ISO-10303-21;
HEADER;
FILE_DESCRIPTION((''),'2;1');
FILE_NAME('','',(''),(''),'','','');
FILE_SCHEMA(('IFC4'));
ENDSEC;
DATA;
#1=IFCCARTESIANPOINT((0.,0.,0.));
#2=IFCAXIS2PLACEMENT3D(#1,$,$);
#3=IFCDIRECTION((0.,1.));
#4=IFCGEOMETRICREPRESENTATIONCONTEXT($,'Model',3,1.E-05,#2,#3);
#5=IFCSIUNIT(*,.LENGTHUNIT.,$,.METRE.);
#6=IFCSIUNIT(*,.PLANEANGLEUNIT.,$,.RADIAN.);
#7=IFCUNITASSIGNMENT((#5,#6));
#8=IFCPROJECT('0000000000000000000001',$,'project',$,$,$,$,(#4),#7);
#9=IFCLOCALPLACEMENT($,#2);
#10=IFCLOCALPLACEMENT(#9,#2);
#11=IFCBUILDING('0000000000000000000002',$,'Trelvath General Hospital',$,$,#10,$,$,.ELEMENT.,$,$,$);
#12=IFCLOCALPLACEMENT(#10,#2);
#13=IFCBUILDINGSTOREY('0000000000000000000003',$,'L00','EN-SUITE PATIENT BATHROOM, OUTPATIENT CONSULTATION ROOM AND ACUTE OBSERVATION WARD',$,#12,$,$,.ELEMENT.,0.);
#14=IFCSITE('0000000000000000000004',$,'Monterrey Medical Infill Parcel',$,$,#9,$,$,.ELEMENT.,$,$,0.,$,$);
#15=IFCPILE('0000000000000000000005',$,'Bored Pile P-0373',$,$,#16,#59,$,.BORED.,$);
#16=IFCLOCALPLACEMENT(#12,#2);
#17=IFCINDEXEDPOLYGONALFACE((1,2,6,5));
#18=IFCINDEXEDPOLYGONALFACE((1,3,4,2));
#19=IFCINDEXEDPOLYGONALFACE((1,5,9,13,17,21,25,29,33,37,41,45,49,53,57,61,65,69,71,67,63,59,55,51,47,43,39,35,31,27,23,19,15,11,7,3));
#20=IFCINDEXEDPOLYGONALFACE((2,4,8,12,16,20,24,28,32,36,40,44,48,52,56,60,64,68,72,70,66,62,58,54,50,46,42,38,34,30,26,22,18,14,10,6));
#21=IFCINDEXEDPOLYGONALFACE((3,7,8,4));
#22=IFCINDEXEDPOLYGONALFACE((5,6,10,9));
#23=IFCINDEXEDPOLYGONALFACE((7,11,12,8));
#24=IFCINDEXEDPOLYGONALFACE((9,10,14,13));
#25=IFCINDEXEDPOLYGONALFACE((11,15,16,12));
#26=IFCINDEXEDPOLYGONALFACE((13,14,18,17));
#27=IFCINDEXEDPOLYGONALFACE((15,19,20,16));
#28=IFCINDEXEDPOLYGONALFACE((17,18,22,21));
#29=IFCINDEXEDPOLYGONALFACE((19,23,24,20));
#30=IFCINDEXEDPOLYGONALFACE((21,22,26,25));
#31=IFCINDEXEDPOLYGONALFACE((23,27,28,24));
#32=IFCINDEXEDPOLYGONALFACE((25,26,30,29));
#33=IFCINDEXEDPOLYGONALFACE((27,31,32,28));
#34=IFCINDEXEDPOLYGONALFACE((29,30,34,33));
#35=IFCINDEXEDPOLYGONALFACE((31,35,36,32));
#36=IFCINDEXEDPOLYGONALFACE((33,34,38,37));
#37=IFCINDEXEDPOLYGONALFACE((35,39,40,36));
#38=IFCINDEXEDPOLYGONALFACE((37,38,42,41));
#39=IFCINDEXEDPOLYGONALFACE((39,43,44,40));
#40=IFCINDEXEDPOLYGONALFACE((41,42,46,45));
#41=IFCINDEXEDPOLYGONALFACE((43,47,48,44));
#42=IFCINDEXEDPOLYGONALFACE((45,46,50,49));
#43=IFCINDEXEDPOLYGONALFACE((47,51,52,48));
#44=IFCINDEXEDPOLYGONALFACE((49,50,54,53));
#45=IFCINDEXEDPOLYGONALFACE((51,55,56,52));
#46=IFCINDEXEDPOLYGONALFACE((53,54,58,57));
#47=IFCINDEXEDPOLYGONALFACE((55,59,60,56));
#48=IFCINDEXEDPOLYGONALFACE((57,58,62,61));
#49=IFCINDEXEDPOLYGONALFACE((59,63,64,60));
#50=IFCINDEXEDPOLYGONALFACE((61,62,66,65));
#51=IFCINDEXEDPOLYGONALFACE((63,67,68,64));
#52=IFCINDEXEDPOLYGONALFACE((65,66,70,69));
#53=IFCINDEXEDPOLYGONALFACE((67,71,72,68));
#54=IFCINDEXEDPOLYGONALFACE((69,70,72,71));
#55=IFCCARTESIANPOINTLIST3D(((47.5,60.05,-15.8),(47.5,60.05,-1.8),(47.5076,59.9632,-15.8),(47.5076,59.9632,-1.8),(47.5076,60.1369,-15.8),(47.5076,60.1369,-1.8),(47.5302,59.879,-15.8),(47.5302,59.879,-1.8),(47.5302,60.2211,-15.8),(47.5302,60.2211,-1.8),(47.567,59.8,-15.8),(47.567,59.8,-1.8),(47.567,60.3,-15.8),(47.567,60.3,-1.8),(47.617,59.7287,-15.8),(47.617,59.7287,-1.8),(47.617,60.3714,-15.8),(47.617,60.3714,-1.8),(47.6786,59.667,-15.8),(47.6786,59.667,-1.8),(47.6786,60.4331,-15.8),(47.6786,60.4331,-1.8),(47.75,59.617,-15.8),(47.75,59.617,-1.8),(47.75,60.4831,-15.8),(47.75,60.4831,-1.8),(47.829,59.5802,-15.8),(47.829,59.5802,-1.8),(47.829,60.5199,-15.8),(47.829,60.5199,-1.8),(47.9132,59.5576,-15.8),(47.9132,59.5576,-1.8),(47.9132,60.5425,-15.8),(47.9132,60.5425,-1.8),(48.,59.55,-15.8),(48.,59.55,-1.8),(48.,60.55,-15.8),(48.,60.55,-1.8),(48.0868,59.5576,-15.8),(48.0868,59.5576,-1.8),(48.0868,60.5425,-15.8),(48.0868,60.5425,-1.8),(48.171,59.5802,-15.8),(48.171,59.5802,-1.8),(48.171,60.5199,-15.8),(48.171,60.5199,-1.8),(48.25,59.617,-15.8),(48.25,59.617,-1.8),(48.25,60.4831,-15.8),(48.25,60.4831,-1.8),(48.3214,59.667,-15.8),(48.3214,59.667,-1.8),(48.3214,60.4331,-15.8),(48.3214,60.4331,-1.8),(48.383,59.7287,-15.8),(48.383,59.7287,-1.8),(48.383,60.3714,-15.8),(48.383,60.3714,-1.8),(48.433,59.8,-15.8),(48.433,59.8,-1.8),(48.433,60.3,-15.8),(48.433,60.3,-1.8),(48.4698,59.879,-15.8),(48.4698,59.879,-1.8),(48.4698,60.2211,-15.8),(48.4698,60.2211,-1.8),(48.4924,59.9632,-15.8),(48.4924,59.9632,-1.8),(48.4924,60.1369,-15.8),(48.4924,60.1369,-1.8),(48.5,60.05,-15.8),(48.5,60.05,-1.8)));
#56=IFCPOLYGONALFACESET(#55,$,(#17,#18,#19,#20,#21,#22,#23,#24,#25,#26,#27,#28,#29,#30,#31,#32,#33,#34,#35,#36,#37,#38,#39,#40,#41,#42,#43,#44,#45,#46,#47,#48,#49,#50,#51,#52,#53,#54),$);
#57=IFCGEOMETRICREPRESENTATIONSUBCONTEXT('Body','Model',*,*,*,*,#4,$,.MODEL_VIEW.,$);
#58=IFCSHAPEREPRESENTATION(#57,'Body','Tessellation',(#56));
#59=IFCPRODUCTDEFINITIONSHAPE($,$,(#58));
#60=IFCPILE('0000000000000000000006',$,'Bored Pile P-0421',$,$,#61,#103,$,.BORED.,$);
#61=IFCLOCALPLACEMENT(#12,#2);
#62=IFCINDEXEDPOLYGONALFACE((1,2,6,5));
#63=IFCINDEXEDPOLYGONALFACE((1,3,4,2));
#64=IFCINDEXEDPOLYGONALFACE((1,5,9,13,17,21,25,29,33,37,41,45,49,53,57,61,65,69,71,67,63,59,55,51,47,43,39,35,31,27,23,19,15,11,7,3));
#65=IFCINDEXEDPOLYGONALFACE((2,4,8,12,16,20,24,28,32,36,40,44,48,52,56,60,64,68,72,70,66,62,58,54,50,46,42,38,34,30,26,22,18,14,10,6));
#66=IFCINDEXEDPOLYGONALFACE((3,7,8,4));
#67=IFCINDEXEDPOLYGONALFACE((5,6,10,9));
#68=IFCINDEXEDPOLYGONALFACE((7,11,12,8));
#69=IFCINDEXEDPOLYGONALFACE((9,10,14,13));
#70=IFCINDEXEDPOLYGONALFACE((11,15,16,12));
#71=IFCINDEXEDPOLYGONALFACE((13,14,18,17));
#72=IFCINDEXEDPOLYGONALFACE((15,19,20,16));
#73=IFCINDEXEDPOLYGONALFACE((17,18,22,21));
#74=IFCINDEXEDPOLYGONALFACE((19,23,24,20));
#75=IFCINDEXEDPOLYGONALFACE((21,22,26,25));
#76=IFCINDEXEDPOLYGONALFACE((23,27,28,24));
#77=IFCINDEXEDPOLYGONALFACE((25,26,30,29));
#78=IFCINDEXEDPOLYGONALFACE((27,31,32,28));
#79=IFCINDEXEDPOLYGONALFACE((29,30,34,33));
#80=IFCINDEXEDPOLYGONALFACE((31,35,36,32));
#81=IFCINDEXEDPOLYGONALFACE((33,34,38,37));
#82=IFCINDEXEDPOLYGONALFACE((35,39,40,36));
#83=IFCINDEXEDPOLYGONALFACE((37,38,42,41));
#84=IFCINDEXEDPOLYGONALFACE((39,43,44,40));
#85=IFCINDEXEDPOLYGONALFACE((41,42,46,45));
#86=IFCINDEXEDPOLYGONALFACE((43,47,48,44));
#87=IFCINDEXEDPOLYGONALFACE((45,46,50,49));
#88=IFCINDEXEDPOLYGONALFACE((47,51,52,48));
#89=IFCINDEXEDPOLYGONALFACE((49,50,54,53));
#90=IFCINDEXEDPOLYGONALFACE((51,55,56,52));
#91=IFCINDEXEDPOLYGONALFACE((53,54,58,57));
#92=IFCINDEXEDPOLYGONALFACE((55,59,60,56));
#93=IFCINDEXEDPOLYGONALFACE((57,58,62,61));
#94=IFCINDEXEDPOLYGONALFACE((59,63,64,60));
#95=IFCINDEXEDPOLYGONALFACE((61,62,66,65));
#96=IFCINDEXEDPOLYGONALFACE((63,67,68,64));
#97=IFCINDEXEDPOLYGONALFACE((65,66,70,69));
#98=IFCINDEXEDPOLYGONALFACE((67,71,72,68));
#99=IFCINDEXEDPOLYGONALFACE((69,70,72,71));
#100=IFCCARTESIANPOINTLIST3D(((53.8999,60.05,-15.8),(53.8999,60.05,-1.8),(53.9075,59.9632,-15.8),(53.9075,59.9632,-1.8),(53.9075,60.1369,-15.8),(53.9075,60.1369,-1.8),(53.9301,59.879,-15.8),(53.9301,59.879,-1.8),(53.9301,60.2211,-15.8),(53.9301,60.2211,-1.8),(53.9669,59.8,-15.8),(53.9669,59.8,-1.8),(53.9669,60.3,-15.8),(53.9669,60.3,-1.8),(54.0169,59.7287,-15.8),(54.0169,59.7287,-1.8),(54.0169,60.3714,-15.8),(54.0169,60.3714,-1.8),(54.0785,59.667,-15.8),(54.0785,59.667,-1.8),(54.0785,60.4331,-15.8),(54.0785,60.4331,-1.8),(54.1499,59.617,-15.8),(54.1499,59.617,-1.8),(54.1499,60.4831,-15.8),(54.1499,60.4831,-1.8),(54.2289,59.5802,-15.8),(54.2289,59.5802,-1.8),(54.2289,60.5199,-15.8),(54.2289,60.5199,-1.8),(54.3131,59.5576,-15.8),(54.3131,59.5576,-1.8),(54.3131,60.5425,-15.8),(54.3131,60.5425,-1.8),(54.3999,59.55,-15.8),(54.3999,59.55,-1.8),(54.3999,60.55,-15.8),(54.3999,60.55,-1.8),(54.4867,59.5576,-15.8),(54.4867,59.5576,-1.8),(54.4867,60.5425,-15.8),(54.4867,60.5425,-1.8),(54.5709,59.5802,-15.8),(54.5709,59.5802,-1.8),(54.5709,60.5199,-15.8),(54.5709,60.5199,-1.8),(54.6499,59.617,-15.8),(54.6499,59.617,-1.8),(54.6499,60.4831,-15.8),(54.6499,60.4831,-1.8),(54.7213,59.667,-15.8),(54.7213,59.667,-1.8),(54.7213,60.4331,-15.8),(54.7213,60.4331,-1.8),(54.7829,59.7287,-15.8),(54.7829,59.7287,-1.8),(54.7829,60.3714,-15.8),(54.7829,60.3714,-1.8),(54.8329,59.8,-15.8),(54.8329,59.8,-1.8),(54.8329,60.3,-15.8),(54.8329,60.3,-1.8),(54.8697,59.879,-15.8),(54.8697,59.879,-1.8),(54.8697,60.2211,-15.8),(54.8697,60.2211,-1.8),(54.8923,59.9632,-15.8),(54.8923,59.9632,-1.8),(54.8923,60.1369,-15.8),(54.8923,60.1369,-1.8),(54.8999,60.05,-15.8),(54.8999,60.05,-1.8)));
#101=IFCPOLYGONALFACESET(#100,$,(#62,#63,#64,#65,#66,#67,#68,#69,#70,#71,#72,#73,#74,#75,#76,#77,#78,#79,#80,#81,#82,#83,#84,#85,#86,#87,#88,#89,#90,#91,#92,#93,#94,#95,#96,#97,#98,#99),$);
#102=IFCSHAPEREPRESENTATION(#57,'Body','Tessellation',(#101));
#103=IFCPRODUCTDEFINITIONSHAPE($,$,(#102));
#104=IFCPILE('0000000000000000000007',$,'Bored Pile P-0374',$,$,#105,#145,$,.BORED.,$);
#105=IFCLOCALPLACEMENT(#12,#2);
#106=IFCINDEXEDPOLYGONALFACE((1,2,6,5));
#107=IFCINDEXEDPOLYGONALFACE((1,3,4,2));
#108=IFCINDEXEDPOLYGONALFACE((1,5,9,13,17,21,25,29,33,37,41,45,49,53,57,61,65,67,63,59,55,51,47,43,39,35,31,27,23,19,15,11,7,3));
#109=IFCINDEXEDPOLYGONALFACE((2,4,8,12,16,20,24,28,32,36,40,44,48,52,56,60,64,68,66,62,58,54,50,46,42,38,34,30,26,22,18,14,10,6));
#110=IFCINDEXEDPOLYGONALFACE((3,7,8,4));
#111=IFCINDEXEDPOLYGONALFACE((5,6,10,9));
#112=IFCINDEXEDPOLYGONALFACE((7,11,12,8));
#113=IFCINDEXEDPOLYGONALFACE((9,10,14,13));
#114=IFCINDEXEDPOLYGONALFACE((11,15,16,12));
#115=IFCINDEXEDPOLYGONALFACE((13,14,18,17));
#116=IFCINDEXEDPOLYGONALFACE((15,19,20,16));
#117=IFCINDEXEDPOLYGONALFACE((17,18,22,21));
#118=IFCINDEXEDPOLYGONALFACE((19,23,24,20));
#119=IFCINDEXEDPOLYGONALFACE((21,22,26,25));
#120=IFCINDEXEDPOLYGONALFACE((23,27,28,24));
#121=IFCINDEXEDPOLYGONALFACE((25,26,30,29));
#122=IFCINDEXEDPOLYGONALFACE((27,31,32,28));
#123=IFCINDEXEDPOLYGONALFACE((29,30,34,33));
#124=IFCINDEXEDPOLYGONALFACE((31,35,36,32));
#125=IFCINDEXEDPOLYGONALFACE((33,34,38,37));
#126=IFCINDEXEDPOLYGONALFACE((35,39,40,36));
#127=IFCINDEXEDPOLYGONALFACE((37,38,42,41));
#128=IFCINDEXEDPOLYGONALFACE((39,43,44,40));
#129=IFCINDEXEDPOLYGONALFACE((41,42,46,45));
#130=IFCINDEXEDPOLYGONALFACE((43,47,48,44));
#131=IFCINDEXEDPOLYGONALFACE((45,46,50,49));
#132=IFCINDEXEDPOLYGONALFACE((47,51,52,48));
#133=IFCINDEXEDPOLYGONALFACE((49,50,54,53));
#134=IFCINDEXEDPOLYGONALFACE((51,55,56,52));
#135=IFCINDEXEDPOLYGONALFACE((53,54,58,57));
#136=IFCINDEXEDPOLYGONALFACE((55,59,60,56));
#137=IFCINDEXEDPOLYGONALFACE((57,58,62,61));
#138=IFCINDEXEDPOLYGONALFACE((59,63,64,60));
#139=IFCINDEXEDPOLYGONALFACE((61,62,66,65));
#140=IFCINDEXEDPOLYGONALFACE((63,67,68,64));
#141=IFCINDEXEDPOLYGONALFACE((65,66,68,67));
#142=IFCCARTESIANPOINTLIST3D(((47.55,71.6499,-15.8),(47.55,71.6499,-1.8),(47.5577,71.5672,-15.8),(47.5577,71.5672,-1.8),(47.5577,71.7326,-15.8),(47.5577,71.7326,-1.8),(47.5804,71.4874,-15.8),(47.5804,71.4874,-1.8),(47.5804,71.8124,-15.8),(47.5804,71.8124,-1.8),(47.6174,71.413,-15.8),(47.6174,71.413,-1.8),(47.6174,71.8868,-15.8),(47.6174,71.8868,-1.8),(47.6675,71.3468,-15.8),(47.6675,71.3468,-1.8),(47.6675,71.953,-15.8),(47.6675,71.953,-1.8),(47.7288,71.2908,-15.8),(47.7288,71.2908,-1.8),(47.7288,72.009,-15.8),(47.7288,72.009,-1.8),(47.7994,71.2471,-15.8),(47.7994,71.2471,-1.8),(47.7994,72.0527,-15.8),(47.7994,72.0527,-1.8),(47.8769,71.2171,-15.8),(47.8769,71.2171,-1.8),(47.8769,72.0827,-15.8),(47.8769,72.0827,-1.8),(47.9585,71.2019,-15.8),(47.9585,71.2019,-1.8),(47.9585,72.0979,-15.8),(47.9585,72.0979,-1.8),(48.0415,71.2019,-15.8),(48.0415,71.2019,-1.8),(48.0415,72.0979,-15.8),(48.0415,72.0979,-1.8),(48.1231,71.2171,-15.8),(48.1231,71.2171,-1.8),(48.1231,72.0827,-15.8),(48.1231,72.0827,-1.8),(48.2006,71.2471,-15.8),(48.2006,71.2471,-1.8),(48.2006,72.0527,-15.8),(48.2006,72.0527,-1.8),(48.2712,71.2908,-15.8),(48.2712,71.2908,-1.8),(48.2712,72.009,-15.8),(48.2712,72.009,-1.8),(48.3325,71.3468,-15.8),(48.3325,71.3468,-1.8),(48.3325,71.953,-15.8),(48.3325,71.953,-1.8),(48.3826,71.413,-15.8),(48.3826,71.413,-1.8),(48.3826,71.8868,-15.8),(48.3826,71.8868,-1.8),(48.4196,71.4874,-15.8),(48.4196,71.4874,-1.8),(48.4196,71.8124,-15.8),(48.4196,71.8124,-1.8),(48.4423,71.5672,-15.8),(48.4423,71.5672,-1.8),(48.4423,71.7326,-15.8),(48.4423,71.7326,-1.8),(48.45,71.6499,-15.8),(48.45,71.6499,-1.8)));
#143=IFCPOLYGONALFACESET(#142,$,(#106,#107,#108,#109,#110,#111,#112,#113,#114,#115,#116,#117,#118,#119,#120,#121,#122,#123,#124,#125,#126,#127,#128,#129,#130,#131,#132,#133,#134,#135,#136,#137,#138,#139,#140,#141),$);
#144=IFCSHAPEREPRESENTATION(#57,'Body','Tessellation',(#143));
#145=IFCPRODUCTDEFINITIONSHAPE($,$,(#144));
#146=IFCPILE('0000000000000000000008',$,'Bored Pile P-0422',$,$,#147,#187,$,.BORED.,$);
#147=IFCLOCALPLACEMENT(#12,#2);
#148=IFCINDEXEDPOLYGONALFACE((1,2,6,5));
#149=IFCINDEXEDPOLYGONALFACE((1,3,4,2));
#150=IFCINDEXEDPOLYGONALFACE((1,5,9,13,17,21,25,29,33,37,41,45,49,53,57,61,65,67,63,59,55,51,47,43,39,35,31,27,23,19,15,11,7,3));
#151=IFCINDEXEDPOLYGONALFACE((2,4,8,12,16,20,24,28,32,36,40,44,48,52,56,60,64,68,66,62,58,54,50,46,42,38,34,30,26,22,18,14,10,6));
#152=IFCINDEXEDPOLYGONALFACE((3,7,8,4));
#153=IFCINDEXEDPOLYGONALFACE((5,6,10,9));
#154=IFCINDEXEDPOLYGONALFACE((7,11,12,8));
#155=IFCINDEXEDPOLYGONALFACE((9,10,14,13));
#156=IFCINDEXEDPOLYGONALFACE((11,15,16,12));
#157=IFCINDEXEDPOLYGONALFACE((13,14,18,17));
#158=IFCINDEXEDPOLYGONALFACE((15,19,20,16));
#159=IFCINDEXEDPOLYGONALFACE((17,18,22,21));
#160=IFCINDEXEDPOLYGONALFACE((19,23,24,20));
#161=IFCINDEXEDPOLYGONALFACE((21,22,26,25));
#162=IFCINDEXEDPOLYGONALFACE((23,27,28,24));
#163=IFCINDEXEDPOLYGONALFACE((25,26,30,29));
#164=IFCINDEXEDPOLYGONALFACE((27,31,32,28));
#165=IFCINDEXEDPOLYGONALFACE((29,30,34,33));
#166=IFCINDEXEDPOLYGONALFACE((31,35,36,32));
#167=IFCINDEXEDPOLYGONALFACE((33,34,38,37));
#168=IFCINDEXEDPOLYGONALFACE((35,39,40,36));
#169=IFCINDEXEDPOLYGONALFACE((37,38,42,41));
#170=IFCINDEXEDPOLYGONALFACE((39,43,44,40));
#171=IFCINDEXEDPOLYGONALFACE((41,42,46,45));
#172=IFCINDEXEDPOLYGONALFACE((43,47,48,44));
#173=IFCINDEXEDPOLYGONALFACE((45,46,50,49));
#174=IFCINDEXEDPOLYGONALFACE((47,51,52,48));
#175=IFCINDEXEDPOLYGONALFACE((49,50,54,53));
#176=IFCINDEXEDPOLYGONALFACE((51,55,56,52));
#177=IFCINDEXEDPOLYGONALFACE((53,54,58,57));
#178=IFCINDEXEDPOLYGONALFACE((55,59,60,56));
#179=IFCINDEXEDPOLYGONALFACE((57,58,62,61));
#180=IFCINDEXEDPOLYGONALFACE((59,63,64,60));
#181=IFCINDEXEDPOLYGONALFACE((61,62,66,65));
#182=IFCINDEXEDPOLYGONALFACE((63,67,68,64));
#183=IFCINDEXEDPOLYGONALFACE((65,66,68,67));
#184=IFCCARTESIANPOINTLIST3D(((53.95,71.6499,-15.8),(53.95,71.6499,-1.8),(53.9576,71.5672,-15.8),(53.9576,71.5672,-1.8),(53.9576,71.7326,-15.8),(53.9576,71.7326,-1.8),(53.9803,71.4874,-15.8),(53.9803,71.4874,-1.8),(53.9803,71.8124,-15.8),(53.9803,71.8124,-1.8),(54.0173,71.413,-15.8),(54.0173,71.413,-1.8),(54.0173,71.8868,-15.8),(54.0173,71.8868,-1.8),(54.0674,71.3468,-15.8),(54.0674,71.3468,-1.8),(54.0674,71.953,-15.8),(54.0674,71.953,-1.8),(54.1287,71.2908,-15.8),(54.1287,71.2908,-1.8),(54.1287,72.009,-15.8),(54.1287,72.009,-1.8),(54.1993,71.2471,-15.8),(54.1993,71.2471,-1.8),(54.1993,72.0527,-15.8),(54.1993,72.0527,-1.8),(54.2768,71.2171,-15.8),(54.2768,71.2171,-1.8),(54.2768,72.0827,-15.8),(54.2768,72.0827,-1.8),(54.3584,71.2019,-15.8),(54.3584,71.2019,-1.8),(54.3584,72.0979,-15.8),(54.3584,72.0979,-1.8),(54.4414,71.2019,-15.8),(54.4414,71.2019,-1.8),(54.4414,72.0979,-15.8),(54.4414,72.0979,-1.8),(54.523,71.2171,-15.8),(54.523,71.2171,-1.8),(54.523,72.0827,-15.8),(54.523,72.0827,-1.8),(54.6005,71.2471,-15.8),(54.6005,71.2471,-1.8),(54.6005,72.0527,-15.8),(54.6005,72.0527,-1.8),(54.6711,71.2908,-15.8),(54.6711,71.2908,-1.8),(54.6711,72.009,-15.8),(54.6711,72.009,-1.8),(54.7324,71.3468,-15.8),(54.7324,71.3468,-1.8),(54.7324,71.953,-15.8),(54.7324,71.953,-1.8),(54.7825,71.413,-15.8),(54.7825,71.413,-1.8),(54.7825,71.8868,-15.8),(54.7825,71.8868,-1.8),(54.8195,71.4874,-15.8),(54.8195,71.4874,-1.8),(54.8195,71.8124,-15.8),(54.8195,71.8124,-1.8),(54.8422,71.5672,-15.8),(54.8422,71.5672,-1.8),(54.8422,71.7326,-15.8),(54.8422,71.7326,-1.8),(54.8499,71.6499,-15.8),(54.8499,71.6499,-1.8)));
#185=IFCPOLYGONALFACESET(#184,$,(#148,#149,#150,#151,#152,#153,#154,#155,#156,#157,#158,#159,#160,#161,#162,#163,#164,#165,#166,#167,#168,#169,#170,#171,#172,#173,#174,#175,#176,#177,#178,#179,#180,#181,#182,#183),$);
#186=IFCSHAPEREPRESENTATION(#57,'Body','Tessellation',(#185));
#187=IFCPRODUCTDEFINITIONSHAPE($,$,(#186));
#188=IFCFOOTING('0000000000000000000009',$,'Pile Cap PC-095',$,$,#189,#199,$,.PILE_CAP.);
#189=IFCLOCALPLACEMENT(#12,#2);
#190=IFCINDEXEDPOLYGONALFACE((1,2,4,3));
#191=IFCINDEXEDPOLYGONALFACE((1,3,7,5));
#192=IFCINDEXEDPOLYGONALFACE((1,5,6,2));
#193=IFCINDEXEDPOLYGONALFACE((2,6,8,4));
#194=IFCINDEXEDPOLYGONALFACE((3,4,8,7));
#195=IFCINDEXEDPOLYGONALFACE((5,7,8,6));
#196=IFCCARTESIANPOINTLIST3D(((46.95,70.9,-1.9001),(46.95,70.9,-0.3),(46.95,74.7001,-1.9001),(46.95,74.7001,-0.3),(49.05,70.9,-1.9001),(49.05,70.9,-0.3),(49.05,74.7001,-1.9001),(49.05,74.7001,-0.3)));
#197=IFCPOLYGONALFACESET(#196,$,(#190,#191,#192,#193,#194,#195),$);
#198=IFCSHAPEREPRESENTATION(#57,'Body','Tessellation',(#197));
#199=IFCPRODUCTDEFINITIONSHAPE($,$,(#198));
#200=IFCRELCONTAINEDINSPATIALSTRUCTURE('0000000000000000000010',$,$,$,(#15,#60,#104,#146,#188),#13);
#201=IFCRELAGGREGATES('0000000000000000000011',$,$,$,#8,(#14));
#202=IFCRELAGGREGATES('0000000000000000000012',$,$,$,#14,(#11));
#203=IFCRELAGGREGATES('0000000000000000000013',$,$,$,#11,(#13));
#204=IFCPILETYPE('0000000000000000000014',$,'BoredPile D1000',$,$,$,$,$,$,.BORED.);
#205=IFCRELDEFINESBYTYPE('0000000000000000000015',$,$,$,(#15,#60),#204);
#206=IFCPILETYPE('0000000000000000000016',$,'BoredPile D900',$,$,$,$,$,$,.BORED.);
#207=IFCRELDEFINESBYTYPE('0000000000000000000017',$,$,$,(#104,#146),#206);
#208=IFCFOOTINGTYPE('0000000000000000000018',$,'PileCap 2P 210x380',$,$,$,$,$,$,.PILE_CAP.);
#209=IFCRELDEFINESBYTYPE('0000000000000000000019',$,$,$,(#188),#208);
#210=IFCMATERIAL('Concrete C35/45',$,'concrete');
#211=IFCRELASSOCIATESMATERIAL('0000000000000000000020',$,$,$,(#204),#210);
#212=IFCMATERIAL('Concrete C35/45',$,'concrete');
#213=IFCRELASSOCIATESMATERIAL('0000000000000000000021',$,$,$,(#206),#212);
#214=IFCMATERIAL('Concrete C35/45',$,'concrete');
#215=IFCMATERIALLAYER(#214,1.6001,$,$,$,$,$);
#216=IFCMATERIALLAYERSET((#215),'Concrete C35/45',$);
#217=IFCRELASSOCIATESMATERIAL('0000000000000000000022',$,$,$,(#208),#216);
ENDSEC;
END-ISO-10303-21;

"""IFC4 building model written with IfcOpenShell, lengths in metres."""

from ifc_helpers import new_model, si_unit, direction, frame, origin, origin_2d, place, context, subcontext, project, spatial, rectangle, circle, extrude, material, layer, layer_set, material_profile, profile_set, type_object, element, save


model = new_model("IFC4")

# Units and contexts
model_context = context("Model", 3, precision=1e-05, world=origin(), true_north=direction((0.0, 1.0)))
body_context = subcontext(model_context, "Body", "Model", "MODEL_VIEW")
ifc_project = project(units=[si_unit("LENGTHUNIT", "METRE"), si_unit("PLANEANGLEUNIT", "RADIAN")], contexts=[model_context])

# Site, building, storey
site_placement = place(None, origin())
site = spatial("IfcSite", under=ifc_project, at=site_placement, Name="Monterrey Medical Infill Parcel", CompositionType="ELEMENT", RefElevation=0.0)
building_placement = place(site_placement, origin())
building = spatial("IfcBuilding", under=site, at=building_placement, Name="Trelvath General Hospital", CompositionType="ELEMENT")
storey_placement = place(building_placement, origin())
storey = spatial("IfcBuildingStorey", under=building, at=storey_placement, Name="L00", Description="EN-SUITE PATIENT BATHROOM, OUTPATIENT CONSULTATION ROOM AND ACUTE OBSERVATION WARD", CompositionType="ELEMENT", Elevation=0.0)

# Piles
ifc_material_1 = material(Name="Concrete C35/45", Category="concrete")
ifc_material_profile_1 = material_profile(ifc_material_1, circle(Radius=0.5, at=origin_2d()), Name="PILE1000")
ifc_profile_set_1 = profile_set([ifc_material_profile_1], Name="Concrete C35/45")
pile_type_1 = type_object("IfcPileType", Name="BoredPile D1000", PredefinedType="BORED", material=ifc_profile_set_1)
for number, where, z_axis, x_axis, name in (
    (1, (48.0, 60.05, -1.8), (0.0, 0.0, -1.0), (1.0, 0.0, 0.0), "Bored Pile P-0373"),
    (2, (54.3999, 60.05, -1.8), (0.0, 0.0, -1.0), (1.0, 0.0, 0.0), "Bored Pile P-0421"),
):
    element("IfcPile", number, at=place(storey_placement, frame(where, z_axis=z_axis, x_axis=x_axis)), inside=storey, type_object=pile_type_1, Name=name, PredefinedType="BORED", context=body_context, shape_type="SweptSolid", body=[
        extrude(circle(Radius=0.5, at=origin_2d()), origin(), (0.0, 0.0, 1.0), 14.0),
    ])
ifc_material_2 = material(Name="Concrete C35/45", Category="concrete")
ifc_material_profile_2 = material_profile(ifc_material_2, circle(Radius=0.45, at=origin_2d()), Name="PILE900")
ifc_profile_set_2 = profile_set([ifc_material_profile_2], Name="Concrete C35/45")
pile_type_2 = type_object("IfcPileType", Name="BoredPile D900", PredefinedType="BORED", material=ifc_profile_set_2)
for number, where, z_axis, x_axis, name in (
    (3, (48.0, 71.6499, -1.8), (0.0, 0.0, -1.0), (1.0, 0.0, 0.0), "Bored Pile P-0374"),
    (4, (54.3999, 71.6499, -1.8), (0.0, 0.0, -1.0), (1.0, 0.0, 0.0), "Bored Pile P-0422"),
):
    element("IfcPile", number, at=place(storey_placement, frame(where, z_axis=z_axis, x_axis=x_axis)), inside=storey, type_object=pile_type_2, Name=name, PredefinedType="BORED", context=body_context, shape_type="SweptSolid", body=[
        extrude(circle(Radius=0.45, at=origin_2d()), origin(), (0.0, 0.0, 1.0), 14.0),
    ])

# Footing
ifc_material_3 = material(Name="Concrete C35/45", Category="concrete")
ifc_layer_1 = layer(ifc_material_3, 1.6001)
ifc_layer_set_1 = layer_set([ifc_layer_1], Name="Concrete C35/45")
footing_type_1 = type_object("IfcFootingType", Name="PileCap 2P 210x380", PredefinedType="PILE_CAP", material=ifc_layer_set_1)
for number, where, z_axis, x_axis, name in (
    (5, (48.0, 72.8, -1.9001), (0.0, 0.0, 1.0), (1.0, 0.0, 0.0), "Pile Cap PC-095"),
):
    element("IfcFooting", number, at=place(storey_placement, frame(where, z_axis=z_axis, x_axis=x_axis)), inside=storey, type_object=footing_type_1, Name=name, PredefinedType="PILE_CAP", context=body_context, shape_type="SweptSolid", body=[
        extrude(rectangle(XDim=2.1001, YDim=3.8, at=origin_2d()), origin(), (0.0, 0.0, 1.0), 1.6001),
    ])

save(model, "model.ifc")
